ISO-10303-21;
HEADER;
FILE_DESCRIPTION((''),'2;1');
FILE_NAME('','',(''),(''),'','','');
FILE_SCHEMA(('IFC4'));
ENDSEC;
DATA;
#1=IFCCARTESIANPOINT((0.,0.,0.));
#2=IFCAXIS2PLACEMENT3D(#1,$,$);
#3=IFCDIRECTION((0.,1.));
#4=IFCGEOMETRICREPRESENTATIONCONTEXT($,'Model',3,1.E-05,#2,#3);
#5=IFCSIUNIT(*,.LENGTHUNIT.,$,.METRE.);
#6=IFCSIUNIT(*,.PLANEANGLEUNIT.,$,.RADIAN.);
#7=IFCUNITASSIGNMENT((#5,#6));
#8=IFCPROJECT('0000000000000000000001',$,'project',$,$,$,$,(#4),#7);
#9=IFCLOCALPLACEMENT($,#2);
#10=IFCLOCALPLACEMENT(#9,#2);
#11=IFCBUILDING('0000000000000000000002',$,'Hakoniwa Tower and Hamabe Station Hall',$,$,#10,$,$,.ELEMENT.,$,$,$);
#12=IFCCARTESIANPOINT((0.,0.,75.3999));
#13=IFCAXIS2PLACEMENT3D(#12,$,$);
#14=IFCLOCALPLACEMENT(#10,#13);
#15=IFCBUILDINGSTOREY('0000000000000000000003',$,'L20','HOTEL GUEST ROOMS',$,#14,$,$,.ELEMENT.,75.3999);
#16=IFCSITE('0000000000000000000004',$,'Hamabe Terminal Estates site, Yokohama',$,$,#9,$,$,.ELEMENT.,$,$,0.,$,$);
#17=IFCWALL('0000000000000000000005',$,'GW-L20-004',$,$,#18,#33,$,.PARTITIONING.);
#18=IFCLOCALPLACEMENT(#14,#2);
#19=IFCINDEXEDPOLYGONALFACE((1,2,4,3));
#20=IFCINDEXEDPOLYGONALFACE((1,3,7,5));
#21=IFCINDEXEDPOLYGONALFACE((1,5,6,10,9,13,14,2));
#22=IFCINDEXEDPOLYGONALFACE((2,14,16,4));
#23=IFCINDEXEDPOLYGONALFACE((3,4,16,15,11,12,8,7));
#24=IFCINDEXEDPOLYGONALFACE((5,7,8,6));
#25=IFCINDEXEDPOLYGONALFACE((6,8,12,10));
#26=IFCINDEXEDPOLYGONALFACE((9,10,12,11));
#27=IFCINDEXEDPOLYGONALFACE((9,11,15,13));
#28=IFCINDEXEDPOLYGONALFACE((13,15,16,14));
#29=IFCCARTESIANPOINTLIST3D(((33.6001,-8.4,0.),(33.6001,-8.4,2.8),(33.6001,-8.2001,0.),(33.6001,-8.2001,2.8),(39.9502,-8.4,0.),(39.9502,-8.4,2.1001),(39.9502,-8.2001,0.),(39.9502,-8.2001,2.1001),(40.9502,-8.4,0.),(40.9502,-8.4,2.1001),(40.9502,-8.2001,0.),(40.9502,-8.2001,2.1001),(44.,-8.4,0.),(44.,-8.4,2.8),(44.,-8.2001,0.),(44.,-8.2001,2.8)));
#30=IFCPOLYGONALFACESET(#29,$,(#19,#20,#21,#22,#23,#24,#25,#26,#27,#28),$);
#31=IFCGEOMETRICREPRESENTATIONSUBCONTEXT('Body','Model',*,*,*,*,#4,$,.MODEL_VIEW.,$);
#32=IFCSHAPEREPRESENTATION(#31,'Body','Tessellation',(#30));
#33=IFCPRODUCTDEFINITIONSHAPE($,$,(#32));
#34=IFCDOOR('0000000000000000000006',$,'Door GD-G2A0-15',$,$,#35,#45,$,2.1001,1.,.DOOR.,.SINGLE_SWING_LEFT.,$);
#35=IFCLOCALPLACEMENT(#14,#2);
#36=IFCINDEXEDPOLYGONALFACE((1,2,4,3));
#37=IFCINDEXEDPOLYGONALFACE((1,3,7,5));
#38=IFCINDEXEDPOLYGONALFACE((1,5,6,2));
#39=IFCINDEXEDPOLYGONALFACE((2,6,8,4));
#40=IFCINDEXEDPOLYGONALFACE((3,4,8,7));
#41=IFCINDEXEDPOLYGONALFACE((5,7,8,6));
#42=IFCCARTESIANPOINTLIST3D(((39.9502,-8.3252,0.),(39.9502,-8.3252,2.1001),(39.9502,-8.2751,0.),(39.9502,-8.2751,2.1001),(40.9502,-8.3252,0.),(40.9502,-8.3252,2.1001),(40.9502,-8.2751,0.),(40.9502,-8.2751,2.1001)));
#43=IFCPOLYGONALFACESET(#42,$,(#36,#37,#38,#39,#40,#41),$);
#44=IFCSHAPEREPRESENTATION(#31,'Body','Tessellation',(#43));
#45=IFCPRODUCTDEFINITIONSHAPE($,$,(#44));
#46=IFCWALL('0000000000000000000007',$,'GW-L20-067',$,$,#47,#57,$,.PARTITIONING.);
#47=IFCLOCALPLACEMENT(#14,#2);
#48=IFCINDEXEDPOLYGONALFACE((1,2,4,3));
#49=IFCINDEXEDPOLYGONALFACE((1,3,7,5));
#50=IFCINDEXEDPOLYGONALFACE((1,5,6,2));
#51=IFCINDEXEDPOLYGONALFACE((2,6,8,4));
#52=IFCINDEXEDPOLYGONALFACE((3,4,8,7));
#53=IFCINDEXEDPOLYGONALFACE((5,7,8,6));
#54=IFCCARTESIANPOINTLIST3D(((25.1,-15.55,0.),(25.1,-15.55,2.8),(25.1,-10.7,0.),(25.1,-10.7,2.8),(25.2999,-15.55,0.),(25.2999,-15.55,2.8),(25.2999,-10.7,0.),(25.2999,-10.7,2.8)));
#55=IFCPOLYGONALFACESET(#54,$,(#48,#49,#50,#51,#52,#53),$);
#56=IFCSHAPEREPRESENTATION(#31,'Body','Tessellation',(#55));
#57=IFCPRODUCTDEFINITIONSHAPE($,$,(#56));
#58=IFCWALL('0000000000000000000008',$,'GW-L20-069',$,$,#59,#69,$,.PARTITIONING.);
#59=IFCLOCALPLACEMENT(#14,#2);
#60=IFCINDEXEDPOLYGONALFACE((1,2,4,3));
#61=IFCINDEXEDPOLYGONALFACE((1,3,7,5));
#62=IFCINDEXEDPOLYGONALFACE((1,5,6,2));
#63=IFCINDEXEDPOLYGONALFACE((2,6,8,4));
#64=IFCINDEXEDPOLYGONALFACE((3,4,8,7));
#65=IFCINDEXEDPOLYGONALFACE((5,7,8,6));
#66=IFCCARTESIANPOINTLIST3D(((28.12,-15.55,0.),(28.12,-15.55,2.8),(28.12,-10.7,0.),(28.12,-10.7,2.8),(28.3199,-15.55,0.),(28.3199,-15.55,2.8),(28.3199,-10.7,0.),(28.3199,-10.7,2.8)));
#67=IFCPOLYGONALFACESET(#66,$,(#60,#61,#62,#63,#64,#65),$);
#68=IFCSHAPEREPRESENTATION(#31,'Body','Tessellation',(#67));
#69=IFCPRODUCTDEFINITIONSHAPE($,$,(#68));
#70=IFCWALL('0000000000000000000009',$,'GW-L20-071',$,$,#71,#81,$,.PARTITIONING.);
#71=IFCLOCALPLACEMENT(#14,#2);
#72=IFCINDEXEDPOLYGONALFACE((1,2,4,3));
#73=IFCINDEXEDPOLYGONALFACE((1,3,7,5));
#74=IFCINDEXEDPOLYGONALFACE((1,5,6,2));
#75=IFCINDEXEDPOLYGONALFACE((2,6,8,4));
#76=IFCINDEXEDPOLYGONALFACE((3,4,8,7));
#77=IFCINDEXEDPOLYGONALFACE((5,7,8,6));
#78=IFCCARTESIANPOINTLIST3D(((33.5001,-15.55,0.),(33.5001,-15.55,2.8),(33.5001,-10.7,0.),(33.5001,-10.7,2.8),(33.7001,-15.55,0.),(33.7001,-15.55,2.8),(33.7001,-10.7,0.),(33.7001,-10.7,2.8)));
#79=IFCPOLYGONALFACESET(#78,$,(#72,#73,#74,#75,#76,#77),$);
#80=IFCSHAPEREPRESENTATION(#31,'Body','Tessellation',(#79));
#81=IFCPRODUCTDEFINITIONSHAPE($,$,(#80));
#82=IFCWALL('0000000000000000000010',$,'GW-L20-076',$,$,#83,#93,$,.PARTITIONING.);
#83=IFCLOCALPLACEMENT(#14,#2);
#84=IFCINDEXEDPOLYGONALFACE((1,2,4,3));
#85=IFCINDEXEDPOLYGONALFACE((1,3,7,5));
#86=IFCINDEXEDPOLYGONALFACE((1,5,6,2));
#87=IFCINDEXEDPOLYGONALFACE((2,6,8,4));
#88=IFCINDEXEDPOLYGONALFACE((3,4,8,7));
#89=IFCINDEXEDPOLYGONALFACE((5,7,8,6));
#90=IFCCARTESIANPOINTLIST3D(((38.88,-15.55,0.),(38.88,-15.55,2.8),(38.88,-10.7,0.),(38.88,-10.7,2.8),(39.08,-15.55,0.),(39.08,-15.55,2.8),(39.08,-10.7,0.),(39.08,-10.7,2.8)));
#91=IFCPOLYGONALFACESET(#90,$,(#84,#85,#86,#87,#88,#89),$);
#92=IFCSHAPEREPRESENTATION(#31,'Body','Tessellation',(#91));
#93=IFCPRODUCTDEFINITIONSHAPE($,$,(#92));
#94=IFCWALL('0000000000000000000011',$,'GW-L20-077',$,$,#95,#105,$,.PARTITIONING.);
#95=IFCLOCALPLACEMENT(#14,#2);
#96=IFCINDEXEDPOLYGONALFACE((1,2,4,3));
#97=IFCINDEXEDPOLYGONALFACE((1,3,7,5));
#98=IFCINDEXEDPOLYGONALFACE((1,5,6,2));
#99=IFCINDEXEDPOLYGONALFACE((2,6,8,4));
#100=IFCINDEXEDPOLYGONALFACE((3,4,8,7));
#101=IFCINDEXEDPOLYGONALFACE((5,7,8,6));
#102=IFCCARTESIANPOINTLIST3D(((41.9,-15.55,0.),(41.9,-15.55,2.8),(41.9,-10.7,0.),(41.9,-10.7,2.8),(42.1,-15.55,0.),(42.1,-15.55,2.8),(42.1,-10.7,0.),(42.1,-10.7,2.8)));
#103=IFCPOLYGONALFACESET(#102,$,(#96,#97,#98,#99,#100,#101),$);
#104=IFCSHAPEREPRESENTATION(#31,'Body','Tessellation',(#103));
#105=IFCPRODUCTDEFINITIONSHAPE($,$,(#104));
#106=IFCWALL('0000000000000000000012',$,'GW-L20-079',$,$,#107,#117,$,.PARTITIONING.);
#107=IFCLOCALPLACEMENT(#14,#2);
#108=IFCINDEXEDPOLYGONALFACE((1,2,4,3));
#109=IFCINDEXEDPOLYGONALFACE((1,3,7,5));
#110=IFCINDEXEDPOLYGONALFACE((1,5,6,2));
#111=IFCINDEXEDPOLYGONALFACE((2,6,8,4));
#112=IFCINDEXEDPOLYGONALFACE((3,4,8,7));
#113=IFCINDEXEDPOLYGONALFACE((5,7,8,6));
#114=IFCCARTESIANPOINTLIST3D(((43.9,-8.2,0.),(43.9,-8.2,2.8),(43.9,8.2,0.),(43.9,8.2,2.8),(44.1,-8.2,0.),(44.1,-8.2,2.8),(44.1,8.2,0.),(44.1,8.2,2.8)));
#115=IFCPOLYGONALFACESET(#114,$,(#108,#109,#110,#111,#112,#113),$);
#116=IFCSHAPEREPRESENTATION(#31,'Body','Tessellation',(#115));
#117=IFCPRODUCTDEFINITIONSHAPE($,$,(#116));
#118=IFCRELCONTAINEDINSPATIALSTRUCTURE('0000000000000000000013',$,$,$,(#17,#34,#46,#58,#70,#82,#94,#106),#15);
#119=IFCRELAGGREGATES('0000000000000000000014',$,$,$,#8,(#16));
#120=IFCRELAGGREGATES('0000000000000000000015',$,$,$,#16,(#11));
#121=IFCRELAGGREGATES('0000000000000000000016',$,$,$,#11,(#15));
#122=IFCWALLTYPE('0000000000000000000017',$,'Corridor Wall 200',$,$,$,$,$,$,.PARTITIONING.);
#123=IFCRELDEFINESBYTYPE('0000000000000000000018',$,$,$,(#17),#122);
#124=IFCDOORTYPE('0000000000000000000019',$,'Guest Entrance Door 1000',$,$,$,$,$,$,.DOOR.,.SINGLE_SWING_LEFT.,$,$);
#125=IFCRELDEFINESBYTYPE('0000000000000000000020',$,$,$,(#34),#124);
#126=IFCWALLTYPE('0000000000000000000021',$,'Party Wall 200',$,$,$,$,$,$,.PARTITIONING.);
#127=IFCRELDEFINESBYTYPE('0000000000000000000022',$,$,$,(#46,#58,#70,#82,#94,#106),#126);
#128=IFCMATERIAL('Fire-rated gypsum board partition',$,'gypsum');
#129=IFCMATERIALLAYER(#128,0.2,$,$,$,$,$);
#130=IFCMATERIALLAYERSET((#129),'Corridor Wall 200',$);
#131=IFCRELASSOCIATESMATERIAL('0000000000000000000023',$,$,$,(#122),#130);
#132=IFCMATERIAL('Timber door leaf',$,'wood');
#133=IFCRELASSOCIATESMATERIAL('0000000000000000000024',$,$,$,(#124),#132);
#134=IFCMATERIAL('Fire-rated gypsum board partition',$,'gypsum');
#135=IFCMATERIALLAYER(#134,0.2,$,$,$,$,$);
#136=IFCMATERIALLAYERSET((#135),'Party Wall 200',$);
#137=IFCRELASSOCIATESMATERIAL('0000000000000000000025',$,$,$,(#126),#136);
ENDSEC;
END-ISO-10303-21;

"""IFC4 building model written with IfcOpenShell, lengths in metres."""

from ifc_helpers import new_model, si_unit, direction, frame, frame_2d, origin, place, context, subcontext, project, spatial, rectangle, extrude, material, layer, layer_set, type_object, element, fill, save


model = new_model("IFC4")

# Units and contexts
model_context = context("Model", 3, precision=1e-05, world=origin(), true_north=direction((0.0, 1.0)))
body_context = subcontext(model_context, "Body", "Model", "MODEL_VIEW")
ifc_project = project(units=[si_unit("LENGTHUNIT", "METRE"), si_unit("PLANEANGLEUNIT", "RADIAN")], contexts=[model_context])

# Site, building, storey
site_placement = place(None, origin())
site = spatial("IfcSite", under=ifc_project, at=site_placement, Name="Hamabe Terminal Estates site, Yokohama", CompositionType="ELEMENT", RefElevation=0.0)
building_placement = place(site_placement, origin())
building = spatial("IfcBuilding", under=site, at=building_placement, Name="Hakoniwa Tower and Hamabe Station Hall", CompositionType="ELEMENT")
storey_placement = place(building_placement, frame((0.0, 0.0, 75.3999)))
storey = spatial("IfcBuildingStorey", under=building, at=storey_placement, Name="L20", Description="HOTEL GUEST ROOMS", CompositionType="ELEMENT", Elevation=75.3999)

# Wall, opening, door
ifc_material_1 = material(Name="Fire-rated gypsum board partition", Category="gypsum")
ifc_layer_1 = layer(ifc_material_1, 0.2)
ifc_layer_set_1 = layer_set([ifc_layer_1], Name="Corridor Wall 200")
wall_type_1 = type_object("IfcWallType", Name="Corridor Wall 200", PredefinedType="PARTITIONING", material=ifc_layer_set_1)
wall_1_placement = place(storey_placement, frame((33.6001, -8.3, 0.0), z_axis=(0.0, 0.0, 1.0), x_axis=(1.0, 0.0, 0.0)))
wall_1 = element("IfcWall", 1, at=wall_1_placement, inside=storey, type_object=wall_type_1, Name="GW-L20-004", PredefinedType="PARTITIONING", context=body_context, shape_type="SweptSolid", body=[
    extrude(rectangle(XDim=10.3999, YDim=0.2, at=frame_2d((5.2, 0.0))), origin(), (0.0, 0.0, 1.0), 2.8),
])
opening_1_placement = place(wall_1_placement, frame((6.3501, 0.0, 0.0)))
opening_1 = element("IfcOpeningElement", 2, at=opening_1_placement, cuts=wall_1, PredefinedType="OPENING", context=body_context, shape_type="SweptSolid", body=[
    extrude(rectangle(XDim=1.0, YDim=2.1001, at=frame_2d((0.5, 1.05))), frame((0.0, 0.1099, 0.0), z_axis=(0.0, -1.0, 0.0), x_axis=(1.0, 0.0, 0.0)), (0.0, 0.0, 1.0), 0.22),
])
ifc_material_2 = material(Name="Timber door leaf", Category="wood")
door_type_1 = type_object("IfcDoorType", Name="Guest Entrance Door 1000", OperationType="SINGLE_SWING_LEFT", PredefinedType="DOOR", material=ifc_material_2)
door_1_placement = place(opening_1_placement, origin())
door_1 = element("IfcDoor", 3, at=door_1_placement, inside=storey, type_object=door_type_1, Name="Door GD-G2A0-15", OperationType="SINGLE_SWING_LEFT", OverallHeight=2.1001, OverallWidth=1.0, PredefinedType="DOOR", context=body_context, shape_type="SweptSolid", body=[
    extrude(rectangle(XDim=1.0, YDim=2.1001, at=frame_2d((0.5, 1.05))), frame((0.0, 0.0249, 0.0), z_axis=(0.0, -1.0, 0.0), x_axis=(1.0, 0.0, 0.0)), (0.0, 0.0, 1.0), 0.05),
])
fill(opening_1, door_1)

# Walls
ifc_material_3 = material(Name="Fire-rated gypsum board partition", Category="gypsum")
ifc_layer_2 = layer(ifc_material_3, 0.2)
ifc_layer_set_2 = layer_set([ifc_layer_2], Name="Party Wall 200")
wall_type_2 = type_object("IfcWallType", Name="Party Wall 200", PredefinedType="PARTITIONING", material=ifc_layer_set_2)
for number, where, z_axis, x_axis, name in (
    (4, (25.2, -15.55, 0.0), (0.0, 0.0, 1.0), (0.0, 1.0, 0.0), "GW-L20-067"),
    (5, (28.22, -15.55, 0.0), (0.0, 0.0, 1.0), (0.0, 1.0, 0.0), "GW-L20-069"),
    (6, (33.6001, -15.55, 0.0), (0.0, 0.0, 1.0), (0.0, 1.0, 0.0), "GW-L20-071"),
    (7, (38.98, -15.55, 0.0), (0.0, 0.0, 1.0), (0.0, 1.0, 0.0), "GW-L20-076"),
    (8, (42.0, -15.55, 0.0), (0.0, 0.0, 1.0), (0.0, 1.0, 0.0), "GW-L20-077"),
):
    element("IfcWall", number, at=place(storey_placement, frame(where, z_axis=z_axis, x_axis=x_axis)), inside=storey, type_object=wall_type_2, Name=name, PredefinedType="PARTITIONING", context=body_context, shape_type="SweptSolid", body=[
        extrude(rectangle(XDim=4.8501, YDim=0.2, at=frame_2d((2.425, 0.0))), origin(), (0.0, 0.0, 1.0), 2.8),
    ])
wall_2_placement = place(storey_placement, frame((44.0, -8.2, 0.0), z_axis=(0.0, 0.0, 1.0), x_axis=(0.0, 1.0, 0.0)))
element("IfcWall", 9, at=wall_2_placement, inside=storey, type_object=wall_type_2, Name="GW-L20-079", PredefinedType="PARTITIONING", context=body_context, shape_type="SweptSolid", body=[
    extrude(rectangle(XDim=16.3999, YDim=0.2, at=frame_2d((8.2, 0.0))), origin(), (0.0, 0.0, 1.0), 2.8),
])

save(model, "model.ifc")
